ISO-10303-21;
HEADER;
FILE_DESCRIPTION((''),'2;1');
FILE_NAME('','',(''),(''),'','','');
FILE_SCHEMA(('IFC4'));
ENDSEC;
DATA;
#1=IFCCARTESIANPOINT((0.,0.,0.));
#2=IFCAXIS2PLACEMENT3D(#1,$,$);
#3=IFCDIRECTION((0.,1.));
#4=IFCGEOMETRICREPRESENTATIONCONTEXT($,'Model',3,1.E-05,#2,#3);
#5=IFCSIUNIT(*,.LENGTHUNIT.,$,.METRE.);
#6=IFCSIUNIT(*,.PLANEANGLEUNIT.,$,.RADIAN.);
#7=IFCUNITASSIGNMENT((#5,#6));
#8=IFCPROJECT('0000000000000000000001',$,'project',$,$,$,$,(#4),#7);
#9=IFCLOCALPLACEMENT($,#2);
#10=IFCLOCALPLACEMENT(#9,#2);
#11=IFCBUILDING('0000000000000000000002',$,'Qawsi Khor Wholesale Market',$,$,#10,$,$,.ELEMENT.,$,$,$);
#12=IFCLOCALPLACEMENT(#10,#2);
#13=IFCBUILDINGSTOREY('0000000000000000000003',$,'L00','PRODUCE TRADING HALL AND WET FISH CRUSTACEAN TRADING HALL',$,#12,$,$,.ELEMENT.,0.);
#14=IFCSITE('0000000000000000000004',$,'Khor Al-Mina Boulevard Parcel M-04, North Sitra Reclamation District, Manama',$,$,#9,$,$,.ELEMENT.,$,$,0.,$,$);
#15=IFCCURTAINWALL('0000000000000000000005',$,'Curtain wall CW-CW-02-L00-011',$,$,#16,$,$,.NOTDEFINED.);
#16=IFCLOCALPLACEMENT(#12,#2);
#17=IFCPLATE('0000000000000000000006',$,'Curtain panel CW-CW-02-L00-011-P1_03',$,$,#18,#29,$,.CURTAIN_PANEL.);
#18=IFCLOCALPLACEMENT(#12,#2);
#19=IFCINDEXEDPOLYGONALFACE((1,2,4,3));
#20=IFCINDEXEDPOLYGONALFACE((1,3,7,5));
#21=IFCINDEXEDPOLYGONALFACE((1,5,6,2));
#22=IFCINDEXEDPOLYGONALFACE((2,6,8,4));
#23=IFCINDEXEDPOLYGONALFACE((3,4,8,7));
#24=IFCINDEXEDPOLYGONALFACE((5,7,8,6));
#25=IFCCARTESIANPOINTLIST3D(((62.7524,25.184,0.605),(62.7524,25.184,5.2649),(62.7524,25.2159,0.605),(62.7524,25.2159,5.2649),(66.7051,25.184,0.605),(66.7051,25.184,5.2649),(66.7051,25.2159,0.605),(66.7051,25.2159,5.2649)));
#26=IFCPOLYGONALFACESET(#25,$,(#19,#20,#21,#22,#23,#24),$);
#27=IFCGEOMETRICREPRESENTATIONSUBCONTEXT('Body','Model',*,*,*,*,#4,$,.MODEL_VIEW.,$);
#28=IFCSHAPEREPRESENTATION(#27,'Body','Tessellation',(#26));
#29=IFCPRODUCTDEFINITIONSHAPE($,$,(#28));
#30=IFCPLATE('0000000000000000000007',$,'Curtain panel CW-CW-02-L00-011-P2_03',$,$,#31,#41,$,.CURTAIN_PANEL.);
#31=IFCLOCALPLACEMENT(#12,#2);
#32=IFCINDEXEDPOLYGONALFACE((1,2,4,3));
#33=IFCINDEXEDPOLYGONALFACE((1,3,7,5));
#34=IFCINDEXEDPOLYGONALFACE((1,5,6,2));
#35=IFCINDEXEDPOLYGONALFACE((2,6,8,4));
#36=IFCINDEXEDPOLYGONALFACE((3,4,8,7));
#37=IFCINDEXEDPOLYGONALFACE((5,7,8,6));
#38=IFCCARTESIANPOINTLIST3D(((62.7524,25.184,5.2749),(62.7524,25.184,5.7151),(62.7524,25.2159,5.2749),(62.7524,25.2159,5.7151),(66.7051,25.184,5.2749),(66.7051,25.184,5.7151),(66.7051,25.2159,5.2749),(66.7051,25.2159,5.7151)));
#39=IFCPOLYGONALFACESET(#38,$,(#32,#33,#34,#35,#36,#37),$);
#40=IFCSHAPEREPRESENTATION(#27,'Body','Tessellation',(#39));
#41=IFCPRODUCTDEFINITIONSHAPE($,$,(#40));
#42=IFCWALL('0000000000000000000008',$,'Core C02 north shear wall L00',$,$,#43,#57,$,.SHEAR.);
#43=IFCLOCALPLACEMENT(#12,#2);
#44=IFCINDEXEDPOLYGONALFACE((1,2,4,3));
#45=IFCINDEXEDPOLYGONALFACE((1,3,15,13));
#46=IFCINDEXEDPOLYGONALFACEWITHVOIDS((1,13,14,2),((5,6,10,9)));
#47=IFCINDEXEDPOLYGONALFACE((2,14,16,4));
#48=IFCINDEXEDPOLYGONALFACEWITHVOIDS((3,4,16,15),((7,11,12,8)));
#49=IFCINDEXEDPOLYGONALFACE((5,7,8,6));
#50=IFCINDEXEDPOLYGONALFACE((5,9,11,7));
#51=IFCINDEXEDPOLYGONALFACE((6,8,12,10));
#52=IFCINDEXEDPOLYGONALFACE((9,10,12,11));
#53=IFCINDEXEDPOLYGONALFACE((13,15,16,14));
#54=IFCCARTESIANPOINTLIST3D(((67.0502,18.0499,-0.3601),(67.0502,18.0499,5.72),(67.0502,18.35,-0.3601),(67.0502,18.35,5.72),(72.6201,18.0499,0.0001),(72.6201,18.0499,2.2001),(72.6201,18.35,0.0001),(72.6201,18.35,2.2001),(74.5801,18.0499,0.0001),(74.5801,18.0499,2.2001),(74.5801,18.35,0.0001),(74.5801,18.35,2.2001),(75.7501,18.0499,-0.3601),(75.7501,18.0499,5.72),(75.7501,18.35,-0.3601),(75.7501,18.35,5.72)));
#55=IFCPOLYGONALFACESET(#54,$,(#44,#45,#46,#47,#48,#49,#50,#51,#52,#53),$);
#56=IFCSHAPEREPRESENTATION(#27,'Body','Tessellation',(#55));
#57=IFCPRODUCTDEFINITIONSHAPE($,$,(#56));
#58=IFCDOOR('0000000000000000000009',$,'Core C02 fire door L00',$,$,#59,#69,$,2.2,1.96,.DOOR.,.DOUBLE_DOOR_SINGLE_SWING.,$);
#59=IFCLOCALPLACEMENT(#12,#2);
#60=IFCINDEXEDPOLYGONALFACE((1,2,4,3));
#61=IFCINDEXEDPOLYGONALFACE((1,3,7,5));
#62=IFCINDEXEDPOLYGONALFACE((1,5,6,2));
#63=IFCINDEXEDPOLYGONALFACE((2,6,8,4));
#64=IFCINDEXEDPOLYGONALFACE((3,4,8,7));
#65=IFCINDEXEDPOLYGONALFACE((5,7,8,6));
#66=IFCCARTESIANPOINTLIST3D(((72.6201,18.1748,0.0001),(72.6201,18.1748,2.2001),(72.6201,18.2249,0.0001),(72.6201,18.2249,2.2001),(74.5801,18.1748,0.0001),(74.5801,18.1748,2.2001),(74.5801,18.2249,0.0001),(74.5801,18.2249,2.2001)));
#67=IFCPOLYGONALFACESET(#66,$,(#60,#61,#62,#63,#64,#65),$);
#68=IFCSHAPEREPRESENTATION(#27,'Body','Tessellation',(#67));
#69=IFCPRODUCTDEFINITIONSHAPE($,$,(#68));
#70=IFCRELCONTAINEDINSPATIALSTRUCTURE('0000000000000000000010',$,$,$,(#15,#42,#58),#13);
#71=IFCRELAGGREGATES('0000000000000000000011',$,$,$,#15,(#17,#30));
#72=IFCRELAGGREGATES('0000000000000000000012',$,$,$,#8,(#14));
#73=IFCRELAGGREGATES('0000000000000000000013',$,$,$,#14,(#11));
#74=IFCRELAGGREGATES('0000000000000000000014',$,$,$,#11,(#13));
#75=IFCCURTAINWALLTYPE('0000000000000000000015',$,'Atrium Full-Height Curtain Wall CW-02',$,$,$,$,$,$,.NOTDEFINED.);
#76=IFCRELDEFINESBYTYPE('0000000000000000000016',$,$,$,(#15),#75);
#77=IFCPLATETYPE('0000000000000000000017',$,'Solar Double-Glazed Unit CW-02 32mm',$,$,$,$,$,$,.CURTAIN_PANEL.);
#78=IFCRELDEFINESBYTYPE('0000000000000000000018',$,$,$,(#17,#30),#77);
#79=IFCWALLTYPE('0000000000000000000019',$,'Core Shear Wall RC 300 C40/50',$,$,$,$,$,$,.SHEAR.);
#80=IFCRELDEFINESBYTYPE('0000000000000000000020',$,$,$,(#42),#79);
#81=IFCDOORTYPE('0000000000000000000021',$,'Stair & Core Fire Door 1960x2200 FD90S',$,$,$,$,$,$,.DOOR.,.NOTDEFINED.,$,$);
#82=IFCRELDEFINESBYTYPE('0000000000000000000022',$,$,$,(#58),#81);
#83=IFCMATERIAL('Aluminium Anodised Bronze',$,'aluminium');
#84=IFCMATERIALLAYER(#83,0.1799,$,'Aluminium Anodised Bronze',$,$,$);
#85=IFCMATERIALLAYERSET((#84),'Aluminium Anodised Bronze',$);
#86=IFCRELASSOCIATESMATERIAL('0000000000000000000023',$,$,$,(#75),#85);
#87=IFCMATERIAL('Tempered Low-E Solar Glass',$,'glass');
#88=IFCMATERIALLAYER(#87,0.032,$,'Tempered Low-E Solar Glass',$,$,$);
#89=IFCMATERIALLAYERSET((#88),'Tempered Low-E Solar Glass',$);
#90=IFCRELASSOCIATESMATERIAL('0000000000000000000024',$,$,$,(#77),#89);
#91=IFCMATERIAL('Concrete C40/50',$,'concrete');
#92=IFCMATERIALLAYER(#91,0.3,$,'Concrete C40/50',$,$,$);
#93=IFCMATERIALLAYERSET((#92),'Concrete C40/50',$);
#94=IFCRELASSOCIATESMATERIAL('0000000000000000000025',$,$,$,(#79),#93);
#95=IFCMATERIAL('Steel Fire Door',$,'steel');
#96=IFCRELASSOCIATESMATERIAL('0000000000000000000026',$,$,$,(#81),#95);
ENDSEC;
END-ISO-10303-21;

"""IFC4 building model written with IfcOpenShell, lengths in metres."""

from ifc_helpers import new_model, si_unit, direction, frame, frame_2d, origin, place, context, subcontext, project, spatial, rectangle, extrude, material, layer, layer_set, type_object, element, fill, aggregate, save


model = new_model("IFC4")

# Units and contexts
model_context = context("Model", 3, precision=1e-05, world=origin(), true_north=direction((0.0, 1.0)))
body_context = subcontext(model_context, "Body", "Model", "MODEL_VIEW")
ifc_project = project(units=[si_unit("LENGTHUNIT", "METRE"), si_unit("PLANEANGLEUNIT", "RADIAN")], contexts=[model_context])

# Site, building, storey
site_placement = place(None, origin())
site = spatial("IfcSite", under=ifc_project, at=site_placement, Name="Khor Al-Mina Boulevard Parcel M-04, North Sitra Reclamation District, Manama", CompositionType="ELEMENT", RefElevation=0.0)
building_placement = place(site_placement, origin())
building = spatial("IfcBuilding", under=site, at=building_placement, Name="Qawsi Khor Wholesale Market", CompositionType="ELEMENT")
storey_placement = place(building_placement, origin())
storey = spatial("IfcBuildingStorey", under=building, at=storey_placement, Name="L00", Description="PRODUCE TRADING HALL AND WET FISH CRUSTACEAN TRADING HALL", CompositionType="ELEMENT", Elevation=0.0)

# Shared definitions
ifc_material_1 = material(Name="Concrete C40/50", Category="concrete")

# Curtain wall
ifc_material_2 = material(Name="Aluminium Anodised Bronze", Category="aluminium")
ifc_layer_1 = layer(ifc_material_2, 0.1799, Name="Aluminium Anodised Bronze")
ifc_layer_set_1 = layer_set([ifc_layer_1], Name="Aluminium Anodised Bronze")
curtain_wall_type = type_object("IfcCurtainWallType", Name="Atrium Full-Height Curtain Wall CW-02", PredefinedType="NOTDEFINED", material=ifc_layer_set_1)
curtain_wall_1_placement = place(storey_placement, origin())
curtain_wall_1 = element("IfcCurtainWall", 1, at=curtain_wall_1_placement, inside=storey, type_object=curtain_wall_type, Name="Curtain wall CW-CW-02-L00-011", PredefinedType="NOTDEFINED")

# Plates
ifc_material_3 = material(Name="Tempered Low-E Solar Glass", Category="glass")
ifc_layer_2 = layer(ifc_material_3, 0.032, Name="Tempered Low-E Solar Glass")
ifc_layer_set_2 = layer_set([ifc_layer_2], Name="Tempered Low-E Solar Glass")
plate_type_1 = type_object("IfcPlateType", Name="Solar Double-Glazed Unit CW-02 32mm", PredefinedType="CURTAIN_PANEL", material=ifc_layer_set_2)
plate_1_placement = place(storey_placement, frame((62.7524, 25.2, 0.605), z_axis=(0.0, 0.0, 1.0), x_axis=(1.0, 0.0, 0.0)))
plate_1 = element("IfcPlate", 2, at=plate_1_placement, type_object=plate_type_1, Name="Curtain panel CW-CW-02-L00-011-P1_03", PredefinedType="CURTAIN_PANEL", context=body_context, shape_type="SweptSolid", body=[
    extrude(rectangle(XDim=3.9526, YDim=0.032, at=frame_2d((1.9763, 0.0))), origin(), (0.0, 0.0, 1.0), 4.6599),
])
plate_2_placement = place(storey_placement, frame((62.7524, 25.2, 5.2749), z_axis=(0.0, 0.0, 1.0), x_axis=(1.0, 0.0, 0.0)))
plate_2 = element("IfcPlate", 3, at=plate_2_placement, type_object=plate_type_1, Name="Curtain panel CW-CW-02-L00-011-P2_03", PredefinedType="CURTAIN_PANEL", context=body_context, shape_type="SweptSolid", body=[
    extrude(rectangle(XDim=3.9526, YDim=0.032, at=frame_2d((1.9763, 0.0))), origin(), (0.0, 0.0, 1.0), 0.4402),
])
aggregate(curtain_wall_1, [plate_1, plate_2])

# Wall, opening, door
ifc_layer_3 = layer(ifc_material_1, 0.3, Name="Concrete C40/50")
ifc_layer_set_3 = layer_set([ifc_layer_3], Name="Concrete C40/50")
wall_type = type_object("IfcWallType", Name="Core Shear Wall RC 300 C40/50", PredefinedType="SHEAR", material=ifc_layer_set_3)
wall_placement = place(storey_placement, frame((67.05, 18.2, -0.3601), z_axis=(0.0, 0.0, 1.0), x_axis=(1.0, 0.0, 0.0)))
wall = element("IfcWall", 4, at=wall_placement, inside=storey, type_object=wall_type, Name="Core C02 north shear wall L00", PredefinedType="SHEAR", context=body_context, shape_type="SweptSolid", body=[
    extrude(rectangle(XDim=8.7, YDim=0.3, at=frame_2d((4.3501, 0.0))), origin(), (0.0, 0.0, 1.0), 6.0801),
])
opening_placement = place(wall_placement, frame((5.5701, 0.0, 0.3601)))
opening = element("IfcOpeningElement", 5, at=opening_placement, cuts=wall, PredefinedType="OPENING", context=body_context, shape_type="SweptSolid", body=[
    extrude(rectangle(XDim=1.96, YDim=2.2, at=frame_2d((0.98, 1.1001))), frame((0.0, 0.1599, 0.0), z_axis=(0.0, -1.0, 0.0), x_axis=(1.0, 0.0, 0.0)), (0.0, 0.0, 1.0), 0.3201),
])
ifc_material_4 = material(Name="Steel Fire Door", Category="steel")
door_type = type_object("IfcDoorType", Name="Stair & Core Fire Door 1960x2200 FD90S", OperationType="NOTDEFINED", PredefinedType="DOOR", material=ifc_material_4)
door_placement = place(opening_placement, origin())
door = element("IfcDoor", 6, at=door_placement, inside=storey, type_object=door_type, Name="Core C02 fire door L00", OperationType="DOUBLE_DOOR_SINGLE_SWING", OverallHeight=2.2, OverallWidth=1.96, PredefinedType="DOOR", context=body_context, shape_type="SweptSolid", body=[
    extrude(rectangle(XDim=1.96, YDim=2.2, at=frame_2d((0.98, 1.1001))), frame((0.0, 0.0249, 0.0), z_axis=(0.0, -1.0, 0.0), x_axis=(1.0, 0.0, 0.0)), (0.0, 0.0, 1.0), 0.05),
])
fill(opening, door)

save(model, "model.ifc")
